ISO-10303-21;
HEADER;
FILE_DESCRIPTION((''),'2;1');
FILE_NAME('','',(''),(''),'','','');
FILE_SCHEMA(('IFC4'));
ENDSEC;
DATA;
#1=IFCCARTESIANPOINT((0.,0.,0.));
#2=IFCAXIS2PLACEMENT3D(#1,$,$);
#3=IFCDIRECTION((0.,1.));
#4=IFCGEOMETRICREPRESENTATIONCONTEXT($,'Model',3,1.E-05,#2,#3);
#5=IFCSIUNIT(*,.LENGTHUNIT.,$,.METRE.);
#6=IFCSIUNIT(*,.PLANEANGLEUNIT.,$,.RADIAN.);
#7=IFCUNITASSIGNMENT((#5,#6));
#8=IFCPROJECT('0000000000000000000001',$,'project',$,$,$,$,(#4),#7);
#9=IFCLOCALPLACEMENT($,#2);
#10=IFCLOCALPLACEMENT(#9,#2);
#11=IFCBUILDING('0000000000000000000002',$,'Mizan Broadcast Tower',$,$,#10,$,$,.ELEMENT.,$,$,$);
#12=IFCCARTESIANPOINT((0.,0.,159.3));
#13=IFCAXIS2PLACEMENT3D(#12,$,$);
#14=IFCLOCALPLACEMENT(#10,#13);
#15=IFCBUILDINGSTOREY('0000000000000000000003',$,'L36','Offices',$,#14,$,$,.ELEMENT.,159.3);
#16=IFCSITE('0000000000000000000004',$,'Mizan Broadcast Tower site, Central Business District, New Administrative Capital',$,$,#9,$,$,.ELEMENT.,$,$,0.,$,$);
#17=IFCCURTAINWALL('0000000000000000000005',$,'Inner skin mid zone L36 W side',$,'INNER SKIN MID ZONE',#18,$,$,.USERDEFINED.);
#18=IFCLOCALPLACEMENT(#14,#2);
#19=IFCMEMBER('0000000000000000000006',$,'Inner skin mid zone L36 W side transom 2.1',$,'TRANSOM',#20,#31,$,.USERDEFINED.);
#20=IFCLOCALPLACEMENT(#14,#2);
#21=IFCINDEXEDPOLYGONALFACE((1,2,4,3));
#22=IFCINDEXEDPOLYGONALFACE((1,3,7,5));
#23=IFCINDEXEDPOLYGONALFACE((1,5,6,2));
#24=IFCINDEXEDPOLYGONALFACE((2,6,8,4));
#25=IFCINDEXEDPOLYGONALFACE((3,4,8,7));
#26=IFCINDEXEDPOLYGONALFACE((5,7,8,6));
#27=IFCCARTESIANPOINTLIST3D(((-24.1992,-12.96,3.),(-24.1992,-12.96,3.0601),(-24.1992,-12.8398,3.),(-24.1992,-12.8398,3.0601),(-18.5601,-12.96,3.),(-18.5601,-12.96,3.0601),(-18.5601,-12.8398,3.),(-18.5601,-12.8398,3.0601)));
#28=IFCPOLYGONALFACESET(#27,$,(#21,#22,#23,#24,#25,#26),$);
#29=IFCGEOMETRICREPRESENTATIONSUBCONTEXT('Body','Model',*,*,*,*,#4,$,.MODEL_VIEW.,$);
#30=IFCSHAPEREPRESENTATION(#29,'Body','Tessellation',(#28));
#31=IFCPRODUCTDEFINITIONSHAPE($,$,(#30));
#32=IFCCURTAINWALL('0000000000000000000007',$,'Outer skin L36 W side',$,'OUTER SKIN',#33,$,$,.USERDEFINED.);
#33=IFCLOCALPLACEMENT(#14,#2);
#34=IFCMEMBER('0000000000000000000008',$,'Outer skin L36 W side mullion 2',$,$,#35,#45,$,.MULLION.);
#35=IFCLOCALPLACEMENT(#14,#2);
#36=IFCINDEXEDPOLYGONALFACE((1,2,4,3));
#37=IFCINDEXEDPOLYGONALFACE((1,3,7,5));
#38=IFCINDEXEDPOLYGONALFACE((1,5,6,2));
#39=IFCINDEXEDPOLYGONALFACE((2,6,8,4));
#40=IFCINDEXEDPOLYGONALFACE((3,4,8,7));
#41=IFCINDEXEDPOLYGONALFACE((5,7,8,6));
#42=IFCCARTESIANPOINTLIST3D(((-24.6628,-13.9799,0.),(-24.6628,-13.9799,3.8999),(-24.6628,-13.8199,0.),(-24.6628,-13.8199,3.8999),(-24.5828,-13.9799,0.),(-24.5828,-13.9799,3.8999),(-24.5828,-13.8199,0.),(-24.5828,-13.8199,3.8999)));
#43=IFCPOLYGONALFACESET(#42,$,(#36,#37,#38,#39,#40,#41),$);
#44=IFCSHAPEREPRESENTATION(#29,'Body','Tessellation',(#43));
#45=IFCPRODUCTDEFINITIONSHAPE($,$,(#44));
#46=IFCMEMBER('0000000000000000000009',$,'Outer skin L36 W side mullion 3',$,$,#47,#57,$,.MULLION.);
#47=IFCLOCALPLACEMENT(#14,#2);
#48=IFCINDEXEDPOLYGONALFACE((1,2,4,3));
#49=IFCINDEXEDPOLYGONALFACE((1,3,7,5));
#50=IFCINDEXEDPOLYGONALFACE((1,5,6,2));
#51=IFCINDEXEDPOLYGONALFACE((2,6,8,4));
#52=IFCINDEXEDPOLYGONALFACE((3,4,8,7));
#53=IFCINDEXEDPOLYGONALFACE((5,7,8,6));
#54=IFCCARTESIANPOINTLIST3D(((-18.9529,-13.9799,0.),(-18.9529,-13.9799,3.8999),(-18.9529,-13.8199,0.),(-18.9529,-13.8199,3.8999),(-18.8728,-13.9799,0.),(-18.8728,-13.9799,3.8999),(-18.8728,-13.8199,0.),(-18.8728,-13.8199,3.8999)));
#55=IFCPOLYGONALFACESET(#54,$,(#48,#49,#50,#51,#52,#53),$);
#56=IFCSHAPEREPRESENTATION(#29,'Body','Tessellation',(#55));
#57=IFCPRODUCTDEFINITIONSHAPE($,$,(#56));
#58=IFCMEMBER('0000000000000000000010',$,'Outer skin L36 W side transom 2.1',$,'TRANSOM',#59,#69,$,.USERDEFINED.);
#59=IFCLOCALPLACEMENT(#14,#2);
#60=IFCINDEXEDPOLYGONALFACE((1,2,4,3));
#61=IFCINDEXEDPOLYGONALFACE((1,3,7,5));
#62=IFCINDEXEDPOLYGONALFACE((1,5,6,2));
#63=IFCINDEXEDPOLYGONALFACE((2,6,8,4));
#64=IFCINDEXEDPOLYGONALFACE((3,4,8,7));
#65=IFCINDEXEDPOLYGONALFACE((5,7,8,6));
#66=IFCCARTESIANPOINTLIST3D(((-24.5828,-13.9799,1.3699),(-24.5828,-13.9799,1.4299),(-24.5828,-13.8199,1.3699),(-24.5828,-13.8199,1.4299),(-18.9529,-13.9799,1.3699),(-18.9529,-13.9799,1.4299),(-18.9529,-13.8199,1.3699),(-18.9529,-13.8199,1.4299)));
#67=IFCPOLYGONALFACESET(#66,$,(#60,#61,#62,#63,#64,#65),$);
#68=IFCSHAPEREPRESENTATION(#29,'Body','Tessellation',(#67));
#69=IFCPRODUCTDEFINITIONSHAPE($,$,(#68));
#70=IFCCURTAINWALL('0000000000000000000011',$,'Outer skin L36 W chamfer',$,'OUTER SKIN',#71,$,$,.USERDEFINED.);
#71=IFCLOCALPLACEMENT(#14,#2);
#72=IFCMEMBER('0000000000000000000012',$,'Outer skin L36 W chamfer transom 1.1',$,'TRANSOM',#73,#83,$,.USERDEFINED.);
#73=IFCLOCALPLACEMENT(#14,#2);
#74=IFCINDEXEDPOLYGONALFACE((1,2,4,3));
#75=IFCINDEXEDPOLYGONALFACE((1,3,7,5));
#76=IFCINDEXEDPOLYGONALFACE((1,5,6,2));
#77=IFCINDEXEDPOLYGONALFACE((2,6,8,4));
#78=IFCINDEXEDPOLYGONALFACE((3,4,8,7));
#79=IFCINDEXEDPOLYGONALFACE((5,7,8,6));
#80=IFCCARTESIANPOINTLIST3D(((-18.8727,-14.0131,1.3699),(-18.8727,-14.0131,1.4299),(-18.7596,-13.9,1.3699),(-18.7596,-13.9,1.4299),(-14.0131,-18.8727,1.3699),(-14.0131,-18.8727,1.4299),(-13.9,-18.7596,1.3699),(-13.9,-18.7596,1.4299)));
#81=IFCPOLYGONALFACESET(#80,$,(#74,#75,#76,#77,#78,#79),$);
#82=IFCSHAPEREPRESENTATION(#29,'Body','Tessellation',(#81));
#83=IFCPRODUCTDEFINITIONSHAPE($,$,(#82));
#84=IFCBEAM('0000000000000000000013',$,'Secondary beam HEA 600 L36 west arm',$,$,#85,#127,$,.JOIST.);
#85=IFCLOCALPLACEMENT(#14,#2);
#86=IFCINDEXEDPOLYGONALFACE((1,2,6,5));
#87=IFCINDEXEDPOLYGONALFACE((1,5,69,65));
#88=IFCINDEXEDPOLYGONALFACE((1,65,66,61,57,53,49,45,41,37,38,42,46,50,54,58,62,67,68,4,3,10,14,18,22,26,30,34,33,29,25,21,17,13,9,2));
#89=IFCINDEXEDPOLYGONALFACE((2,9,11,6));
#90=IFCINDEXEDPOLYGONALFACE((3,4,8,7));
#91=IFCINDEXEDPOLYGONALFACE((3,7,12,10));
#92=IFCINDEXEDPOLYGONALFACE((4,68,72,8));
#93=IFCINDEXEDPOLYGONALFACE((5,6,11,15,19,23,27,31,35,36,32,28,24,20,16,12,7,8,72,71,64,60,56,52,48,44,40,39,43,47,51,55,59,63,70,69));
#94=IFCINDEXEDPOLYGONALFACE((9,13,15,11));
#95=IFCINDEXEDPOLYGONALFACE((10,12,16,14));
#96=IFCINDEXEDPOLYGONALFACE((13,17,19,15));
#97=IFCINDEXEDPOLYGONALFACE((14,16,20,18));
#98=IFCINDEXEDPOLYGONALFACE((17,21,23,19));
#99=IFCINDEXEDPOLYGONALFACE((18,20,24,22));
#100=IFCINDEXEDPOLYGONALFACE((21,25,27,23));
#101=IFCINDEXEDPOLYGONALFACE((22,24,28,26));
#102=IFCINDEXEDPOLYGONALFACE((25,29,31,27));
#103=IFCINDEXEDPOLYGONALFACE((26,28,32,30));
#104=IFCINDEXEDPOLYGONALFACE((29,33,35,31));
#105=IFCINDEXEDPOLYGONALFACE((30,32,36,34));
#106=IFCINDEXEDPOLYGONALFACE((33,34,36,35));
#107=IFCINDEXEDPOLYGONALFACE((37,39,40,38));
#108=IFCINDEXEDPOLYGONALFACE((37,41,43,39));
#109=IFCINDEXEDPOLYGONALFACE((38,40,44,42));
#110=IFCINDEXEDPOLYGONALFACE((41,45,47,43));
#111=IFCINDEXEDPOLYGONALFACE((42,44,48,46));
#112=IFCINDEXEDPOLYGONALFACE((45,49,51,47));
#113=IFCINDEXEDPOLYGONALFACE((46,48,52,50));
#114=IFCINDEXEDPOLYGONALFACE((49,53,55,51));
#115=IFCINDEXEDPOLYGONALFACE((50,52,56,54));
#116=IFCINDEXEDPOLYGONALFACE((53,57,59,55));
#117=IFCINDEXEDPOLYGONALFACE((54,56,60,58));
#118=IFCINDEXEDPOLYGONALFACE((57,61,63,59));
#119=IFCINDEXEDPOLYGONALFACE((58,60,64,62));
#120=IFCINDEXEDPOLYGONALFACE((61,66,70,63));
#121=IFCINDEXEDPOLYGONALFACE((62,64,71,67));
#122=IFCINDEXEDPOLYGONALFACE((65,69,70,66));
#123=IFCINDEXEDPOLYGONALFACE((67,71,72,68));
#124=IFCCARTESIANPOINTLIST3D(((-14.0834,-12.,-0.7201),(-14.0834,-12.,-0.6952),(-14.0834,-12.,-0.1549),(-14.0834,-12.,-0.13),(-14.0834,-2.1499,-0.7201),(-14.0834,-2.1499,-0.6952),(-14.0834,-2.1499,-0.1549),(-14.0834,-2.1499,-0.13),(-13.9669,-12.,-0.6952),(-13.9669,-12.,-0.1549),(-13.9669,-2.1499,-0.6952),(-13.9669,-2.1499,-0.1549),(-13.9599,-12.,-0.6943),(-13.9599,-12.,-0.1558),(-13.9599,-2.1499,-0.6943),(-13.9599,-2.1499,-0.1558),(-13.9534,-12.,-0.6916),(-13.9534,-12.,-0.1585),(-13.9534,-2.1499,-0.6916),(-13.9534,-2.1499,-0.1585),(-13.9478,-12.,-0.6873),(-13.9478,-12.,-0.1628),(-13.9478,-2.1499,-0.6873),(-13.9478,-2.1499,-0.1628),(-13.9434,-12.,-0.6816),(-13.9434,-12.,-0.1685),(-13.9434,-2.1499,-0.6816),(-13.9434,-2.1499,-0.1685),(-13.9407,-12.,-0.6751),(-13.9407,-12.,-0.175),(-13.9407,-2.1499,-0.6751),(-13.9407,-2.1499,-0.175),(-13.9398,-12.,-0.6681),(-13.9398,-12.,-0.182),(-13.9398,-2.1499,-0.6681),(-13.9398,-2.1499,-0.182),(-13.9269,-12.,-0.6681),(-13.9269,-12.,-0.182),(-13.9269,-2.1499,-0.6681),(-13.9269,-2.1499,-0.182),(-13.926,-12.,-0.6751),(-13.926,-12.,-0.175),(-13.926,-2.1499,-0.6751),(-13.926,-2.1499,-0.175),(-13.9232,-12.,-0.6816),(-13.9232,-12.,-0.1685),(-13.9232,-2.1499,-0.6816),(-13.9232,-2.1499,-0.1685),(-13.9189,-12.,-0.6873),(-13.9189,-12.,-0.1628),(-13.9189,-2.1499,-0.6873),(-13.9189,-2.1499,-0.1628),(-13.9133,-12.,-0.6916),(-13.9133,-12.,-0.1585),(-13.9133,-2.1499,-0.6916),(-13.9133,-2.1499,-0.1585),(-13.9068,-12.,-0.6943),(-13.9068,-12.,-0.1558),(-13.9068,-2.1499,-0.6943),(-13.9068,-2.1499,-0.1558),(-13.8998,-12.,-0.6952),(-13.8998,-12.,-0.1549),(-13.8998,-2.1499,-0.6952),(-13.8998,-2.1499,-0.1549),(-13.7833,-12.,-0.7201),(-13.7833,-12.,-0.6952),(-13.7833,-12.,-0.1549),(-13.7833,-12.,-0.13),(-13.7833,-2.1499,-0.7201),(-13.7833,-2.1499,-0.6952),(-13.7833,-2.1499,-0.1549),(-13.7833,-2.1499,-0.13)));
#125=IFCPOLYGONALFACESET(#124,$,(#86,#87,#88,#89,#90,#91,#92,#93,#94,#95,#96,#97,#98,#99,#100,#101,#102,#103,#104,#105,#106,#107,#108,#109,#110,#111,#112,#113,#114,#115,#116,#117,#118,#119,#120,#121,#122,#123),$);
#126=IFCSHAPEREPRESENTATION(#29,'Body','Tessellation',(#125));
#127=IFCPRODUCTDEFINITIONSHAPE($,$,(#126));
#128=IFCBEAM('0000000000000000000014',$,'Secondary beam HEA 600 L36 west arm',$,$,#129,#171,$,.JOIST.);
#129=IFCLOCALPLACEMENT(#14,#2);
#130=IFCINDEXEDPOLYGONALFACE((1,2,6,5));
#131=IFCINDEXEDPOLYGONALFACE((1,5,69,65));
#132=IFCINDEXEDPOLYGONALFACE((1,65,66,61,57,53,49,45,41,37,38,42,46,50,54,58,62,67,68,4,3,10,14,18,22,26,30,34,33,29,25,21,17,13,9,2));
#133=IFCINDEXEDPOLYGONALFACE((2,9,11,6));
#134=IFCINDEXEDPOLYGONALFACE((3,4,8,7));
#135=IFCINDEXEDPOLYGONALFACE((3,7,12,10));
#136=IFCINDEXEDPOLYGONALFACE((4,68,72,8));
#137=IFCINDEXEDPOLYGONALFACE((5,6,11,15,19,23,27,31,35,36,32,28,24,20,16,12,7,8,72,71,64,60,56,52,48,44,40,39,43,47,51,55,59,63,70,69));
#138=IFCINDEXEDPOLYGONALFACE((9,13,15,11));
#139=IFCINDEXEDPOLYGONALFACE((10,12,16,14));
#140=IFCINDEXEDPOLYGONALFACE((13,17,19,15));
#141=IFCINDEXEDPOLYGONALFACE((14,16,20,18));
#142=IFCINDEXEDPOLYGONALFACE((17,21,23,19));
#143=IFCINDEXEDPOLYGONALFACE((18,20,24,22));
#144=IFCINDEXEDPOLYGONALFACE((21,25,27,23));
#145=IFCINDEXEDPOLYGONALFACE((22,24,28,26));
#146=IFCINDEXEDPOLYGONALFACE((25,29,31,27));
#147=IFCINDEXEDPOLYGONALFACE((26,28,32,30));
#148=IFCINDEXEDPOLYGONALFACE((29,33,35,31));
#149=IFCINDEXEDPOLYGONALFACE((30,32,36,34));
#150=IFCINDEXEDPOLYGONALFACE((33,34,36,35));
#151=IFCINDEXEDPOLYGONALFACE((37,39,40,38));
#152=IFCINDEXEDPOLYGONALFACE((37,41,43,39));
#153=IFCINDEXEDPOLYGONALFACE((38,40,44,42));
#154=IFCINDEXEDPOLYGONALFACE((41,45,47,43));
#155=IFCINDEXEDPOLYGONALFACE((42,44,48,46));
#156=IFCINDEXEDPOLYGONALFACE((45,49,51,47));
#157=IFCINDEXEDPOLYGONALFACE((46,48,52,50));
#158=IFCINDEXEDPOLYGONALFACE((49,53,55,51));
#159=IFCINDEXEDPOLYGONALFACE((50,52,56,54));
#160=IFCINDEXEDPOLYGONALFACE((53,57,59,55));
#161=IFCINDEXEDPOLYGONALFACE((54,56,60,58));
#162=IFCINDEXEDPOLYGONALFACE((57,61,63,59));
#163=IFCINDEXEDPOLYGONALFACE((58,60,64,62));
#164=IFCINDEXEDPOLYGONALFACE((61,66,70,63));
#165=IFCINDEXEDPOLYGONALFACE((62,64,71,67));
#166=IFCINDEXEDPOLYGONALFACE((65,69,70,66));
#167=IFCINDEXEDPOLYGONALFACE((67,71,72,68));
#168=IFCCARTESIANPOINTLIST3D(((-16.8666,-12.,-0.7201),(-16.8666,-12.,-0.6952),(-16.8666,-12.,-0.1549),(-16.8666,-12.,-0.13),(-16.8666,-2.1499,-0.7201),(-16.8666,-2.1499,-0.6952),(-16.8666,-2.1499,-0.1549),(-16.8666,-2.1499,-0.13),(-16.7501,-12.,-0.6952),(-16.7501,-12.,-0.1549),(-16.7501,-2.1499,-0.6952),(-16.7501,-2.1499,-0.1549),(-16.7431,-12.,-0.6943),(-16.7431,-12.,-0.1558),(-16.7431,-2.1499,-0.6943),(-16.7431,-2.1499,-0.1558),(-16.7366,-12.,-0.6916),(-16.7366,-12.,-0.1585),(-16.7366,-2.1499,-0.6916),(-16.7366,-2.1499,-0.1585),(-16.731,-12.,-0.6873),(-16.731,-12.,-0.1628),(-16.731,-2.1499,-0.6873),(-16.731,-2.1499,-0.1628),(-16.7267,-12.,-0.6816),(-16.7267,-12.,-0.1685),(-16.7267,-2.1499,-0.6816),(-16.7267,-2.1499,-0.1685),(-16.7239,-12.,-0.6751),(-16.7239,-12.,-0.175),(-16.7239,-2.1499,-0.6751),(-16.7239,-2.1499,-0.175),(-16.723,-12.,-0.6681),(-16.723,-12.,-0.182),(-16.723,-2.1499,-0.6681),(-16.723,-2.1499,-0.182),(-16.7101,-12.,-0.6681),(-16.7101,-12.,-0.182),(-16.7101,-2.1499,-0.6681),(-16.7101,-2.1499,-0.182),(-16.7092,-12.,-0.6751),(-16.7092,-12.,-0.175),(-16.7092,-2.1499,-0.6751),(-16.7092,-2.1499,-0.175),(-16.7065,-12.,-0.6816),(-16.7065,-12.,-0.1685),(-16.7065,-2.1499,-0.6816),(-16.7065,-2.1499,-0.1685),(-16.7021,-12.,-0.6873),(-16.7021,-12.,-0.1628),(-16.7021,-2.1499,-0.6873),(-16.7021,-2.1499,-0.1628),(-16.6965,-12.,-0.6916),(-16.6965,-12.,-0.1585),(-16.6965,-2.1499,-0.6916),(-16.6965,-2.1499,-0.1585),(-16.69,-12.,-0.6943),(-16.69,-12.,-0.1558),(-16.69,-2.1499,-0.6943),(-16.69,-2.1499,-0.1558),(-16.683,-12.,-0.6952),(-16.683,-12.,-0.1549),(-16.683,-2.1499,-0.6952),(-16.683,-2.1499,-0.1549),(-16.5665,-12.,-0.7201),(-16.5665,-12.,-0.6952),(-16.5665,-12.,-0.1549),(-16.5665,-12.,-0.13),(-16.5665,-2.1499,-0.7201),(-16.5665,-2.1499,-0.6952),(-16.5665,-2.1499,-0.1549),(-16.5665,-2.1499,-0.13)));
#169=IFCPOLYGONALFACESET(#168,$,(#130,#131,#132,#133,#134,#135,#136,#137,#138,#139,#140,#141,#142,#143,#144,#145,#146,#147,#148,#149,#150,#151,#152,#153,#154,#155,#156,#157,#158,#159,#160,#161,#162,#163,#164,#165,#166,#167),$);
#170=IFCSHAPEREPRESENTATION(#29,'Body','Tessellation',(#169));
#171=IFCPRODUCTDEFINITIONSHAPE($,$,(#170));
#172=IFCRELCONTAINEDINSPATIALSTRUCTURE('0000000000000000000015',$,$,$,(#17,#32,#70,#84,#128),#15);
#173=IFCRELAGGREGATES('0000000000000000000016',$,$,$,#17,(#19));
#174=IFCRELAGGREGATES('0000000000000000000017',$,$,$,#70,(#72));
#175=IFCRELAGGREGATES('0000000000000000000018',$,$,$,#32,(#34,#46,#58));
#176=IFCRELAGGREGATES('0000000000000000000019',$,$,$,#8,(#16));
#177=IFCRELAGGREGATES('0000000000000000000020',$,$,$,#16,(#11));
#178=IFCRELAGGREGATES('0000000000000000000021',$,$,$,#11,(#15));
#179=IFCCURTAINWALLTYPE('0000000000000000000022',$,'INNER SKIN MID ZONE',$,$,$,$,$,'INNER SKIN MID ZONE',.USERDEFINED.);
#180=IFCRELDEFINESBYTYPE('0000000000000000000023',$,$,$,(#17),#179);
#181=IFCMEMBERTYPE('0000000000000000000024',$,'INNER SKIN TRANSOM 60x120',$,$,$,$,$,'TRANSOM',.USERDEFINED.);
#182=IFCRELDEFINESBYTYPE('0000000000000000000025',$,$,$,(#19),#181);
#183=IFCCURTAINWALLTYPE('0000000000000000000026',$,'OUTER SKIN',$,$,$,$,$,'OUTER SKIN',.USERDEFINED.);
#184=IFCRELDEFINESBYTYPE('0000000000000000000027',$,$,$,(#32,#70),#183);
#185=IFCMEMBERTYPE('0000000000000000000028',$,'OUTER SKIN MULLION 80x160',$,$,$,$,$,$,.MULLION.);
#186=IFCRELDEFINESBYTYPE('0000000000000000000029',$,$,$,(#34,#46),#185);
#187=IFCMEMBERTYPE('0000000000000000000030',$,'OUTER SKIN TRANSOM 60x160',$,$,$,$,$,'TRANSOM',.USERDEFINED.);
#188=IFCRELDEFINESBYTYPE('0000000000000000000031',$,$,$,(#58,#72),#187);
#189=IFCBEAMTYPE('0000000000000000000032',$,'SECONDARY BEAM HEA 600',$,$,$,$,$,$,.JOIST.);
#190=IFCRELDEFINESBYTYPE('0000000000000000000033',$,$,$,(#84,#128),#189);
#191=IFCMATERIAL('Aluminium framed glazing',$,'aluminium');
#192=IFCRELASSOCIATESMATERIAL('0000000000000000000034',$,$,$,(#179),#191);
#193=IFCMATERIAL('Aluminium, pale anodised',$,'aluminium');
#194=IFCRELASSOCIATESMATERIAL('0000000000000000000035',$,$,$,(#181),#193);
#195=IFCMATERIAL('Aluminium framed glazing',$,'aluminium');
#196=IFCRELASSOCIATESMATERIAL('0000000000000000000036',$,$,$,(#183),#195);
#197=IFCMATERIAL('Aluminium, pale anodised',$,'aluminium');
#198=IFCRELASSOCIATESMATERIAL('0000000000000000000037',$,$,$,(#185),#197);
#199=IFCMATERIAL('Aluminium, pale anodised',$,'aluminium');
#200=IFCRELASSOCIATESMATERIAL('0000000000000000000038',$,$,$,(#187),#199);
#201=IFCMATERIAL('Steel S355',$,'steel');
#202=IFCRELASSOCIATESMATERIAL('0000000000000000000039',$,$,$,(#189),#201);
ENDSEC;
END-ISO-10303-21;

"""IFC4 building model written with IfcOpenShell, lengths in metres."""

from ifc_helpers import new_model, si_unit, direction, frame, origin, origin_2d, place, context, subcontext, project, spatial, rectangle, i_section, extrude, material, material_profile, profile_set, type_object, element, aggregate, save


model = new_model("IFC4")

# Units and contexts
model_context = context("Model", 3, precision=1e-05, world=origin(), true_north=direction((0.0, 1.0)))
body_context = subcontext(model_context, "Body", "Model", "MODEL_VIEW")
ifc_project = project(units=[si_unit("LENGTHUNIT", "METRE"), si_unit("PLANEANGLEUNIT", "RADIAN")], contexts=[model_context])

# Site, building, storey
site_placement = place(None, origin())
site = spatial("IfcSite", under=ifc_project, at=site_placement, Name="Mizan Broadcast Tower site, Central Business District, New Administrative Capital", CompositionType="ELEMENT", RefElevation=0.0)
building_placement = place(site_placement, origin())
building = spatial("IfcBuilding", under=site, at=building_placement, Name="Mizan Broadcast Tower", CompositionType="ELEMENT")
storey_placement = place(building_placement, frame((0.0, 0.0, 159.3)))
storey = spatial("IfcBuildingStorey", under=building, at=storey_placement, Name="L36", Description="Offices", CompositionType="ELEMENT", Elevation=159.3)

# Curtain walls, members
ifc_material_1 = material(Name="Aluminium framed glazing", Category="aluminium")
curtain_wall_type_1 = type_object("IfcCurtainWallType", Name="INNER SKIN MID ZONE", ElementType="INNER SKIN MID ZONE", PredefinedType="USERDEFINED", material=ifc_material_1)
curtain_wall_1_placement = place(storey_placement, origin())
curtain_wall_1 = element("IfcCurtainWall", 1, at=curtain_wall_1_placement, inside=storey, type_object=curtain_wall_type_1, Name="Inner skin mid zone L36 W side", ObjectType="INNER SKIN MID ZONE", PredefinedType="USERDEFINED")
ifc_material_2 = material(Name="Aluminium, pale anodised", Category="aluminium")
ifc_material_profile_1 = material_profile(ifc_material_2, rectangle(XDim=0.1201, YDim=0.0601, at=origin_2d()), Name="TRANSOM 120x60")
ifc_profile_set_1 = profile_set([ifc_material_profile_1], Name="Aluminium, pale anodised")
member_type_1 = type_object("IfcMemberType", Name="INNER SKIN TRANSOM 60x120", ElementType="TRANSOM", PredefinedType="USERDEFINED", material=ifc_profile_set_1)
member_1_placement = place(storey_placement, frame((-24.1992, -12.8999, 3.03), z_axis=(1.0, 0.0, 0.0), x_axis=(0.0, 1.0, 0.0)))
member_1 = element("IfcMember", 2, at=member_1_placement, type_object=member_type_1, Name="Inner skin mid zone L36 W side transom 2.1", ObjectType="TRANSOM", PredefinedType="USERDEFINED", context=body_context, shape_type="SweptSolid", body=[
    extrude(rectangle(XDim=0.1201, YDim=0.0601, at=origin_2d()), origin(), (0.0, 0.0, 1.0), 5.6392),
])
ifc_material_3 = material(Name="Aluminium framed glazing", Category="aluminium")
curtain_wall_type_2 = type_object("IfcCurtainWallType", Name="OUTER SKIN", ElementType="OUTER SKIN", PredefinedType="USERDEFINED", material=ifc_material_3)
curtain_wall_2_placement = place(storey_placement, origin())
curtain_wall_2 = element("IfcCurtainWall", 3, at=curtain_wall_2_placement, inside=storey, type_object=curtain_wall_type_2, Name="Outer skin L36 W side", ObjectType="OUTER SKIN", PredefinedType="USERDEFINED")
ifc_material_4 = material(Name="Aluminium, pale anodised", Category="aluminium")
ifc_material_profile_2 = material_profile(ifc_material_4, rectangle(XDim=0.1599, YDim=0.0801, at=origin_2d()), Name="MULLION 160x80")
ifc_profile_set_2 = profile_set([ifc_material_profile_2], Name="Aluminium, pale anodised")
member_type_2 = type_object("IfcMemberType", Name="OUTER SKIN MULLION 80x160", PredefinedType="MULLION", material=ifc_profile_set_2)
member_2_placement = place(storey_placement, frame((-24.6228, -13.8999, 0.0), z_axis=(0.0, 0.0, 1.0), x_axis=(0.0, 1.0, 0.0)))
member_2 = element("IfcMember", 4, at=member_2_placement, type_object=member_type_2, Name="Outer skin L36 W side mullion 2", PredefinedType="MULLION", context=body_context, shape_type="SweptSolid", body=[
    extrude(rectangle(XDim=0.1599, YDim=0.0801, at=origin_2d()), origin(), (0.0, 0.0, 1.0), 3.8999),
])
member_3_placement = place(storey_placement, frame((-18.9128, -13.8999, 0.0), z_axis=(0.0, 0.0, 1.0), x_axis=(0.0, 1.0, 0.0)))
member_3 = element("IfcMember", 5, at=member_3_placement, type_object=member_type_2, Name="Outer skin L36 W side mullion 3", PredefinedType="MULLION", context=body_context, shape_type="SweptSolid", body=[
    extrude(rectangle(XDim=0.1599, YDim=0.0801, at=origin_2d()), origin(), (0.0, 0.0, 1.0), 3.8999),
])
ifc_material_5 = material(Name="Aluminium, pale anodised", Category="aluminium")
ifc_material_profile_3 = material_profile(ifc_material_5, rectangle(XDim=0.1599, YDim=0.0601, at=origin_2d()), Name="TRANSOM 160x60")
ifc_profile_set_3 = profile_set([ifc_material_profile_3], Name="Aluminium, pale anodised")
member_type_3 = type_object("IfcMemberType", Name="OUTER SKIN TRANSOM 60x160", ElementType="TRANSOM", PredefinedType="USERDEFINED", material=ifc_profile_set_3)
member_4_placement = place(storey_placement, frame((-24.5828, -13.8999, 1.3999), z_axis=(1.0, 0.0, 0.0), x_axis=(0.0, 1.0, 0.0)))
member_4 = element("IfcMember", 6, at=member_4_placement, type_object=member_type_3, Name="Outer skin L36 W side transom 2.1", ObjectType="TRANSOM", PredefinedType="USERDEFINED", context=body_context, shape_type="SweptSolid", body=[
    extrude(rectangle(XDim=0.1599, YDim=0.0601, at=origin_2d()), origin(), (0.0, 0.0, 1.0), 5.6299),
])

# Curtain wall, member
curtain_wall_3_placement = place(storey_placement, origin())
curtain_wall_3 = element("IfcCurtainWall", 7, at=curtain_wall_3_placement, inside=storey, type_object=curtain_wall_type_2, Name="Outer skin L36 W chamfer", ObjectType="OUTER SKIN", PredefinedType="USERDEFINED")
member_5_placement = place(storey_placement, frame((-18.8162, -13.9565, 1.3999), z_axis=(0.707107, -0.707107, 0.0), x_axis=(0.707107, 0.707107, 0.0)))
member_5 = element("IfcMember", 8, at=member_5_placement, type_object=member_type_3, Name="Outer skin L36 W chamfer transom 1.1", ObjectType="TRANSOM", PredefinedType="USERDEFINED", context=body_context, shape_type="SweptSolid", body=[
    extrude(rectangle(XDim=0.1599, YDim=0.0601, at=origin_2d()), origin(), (0.0, 0.0, 1.0), 6.8726),
])

# Beams
ifc_material_6 = material(Name="Steel S355", Category="steel")
ifc_material_profile_4 = material_profile(ifc_material_6, i_section(OverallWidth=0.3, OverallDepth=0.5901, WebThickness=0.0129, FlangeThickness=0.0249, FilletRadius=0.0271, at=origin_2d()), Name="HEA 600")
ifc_profile_set_4 = profile_set([ifc_material_profile_4], Name="Steel S355")
beam_type_1 = type_object("IfcBeamType", Name="SECONDARY BEAM HEA 600", PredefinedType="JOIST", material=ifc_profile_set_4)
for number, where, z_axis, x_axis, name in (
    (9, (-13.9333, -12.0, -0.425), (0.0, 1.0, 0.0), (-1.0, 0.0, 0.0), "Secondary beam HEA 600 L36 west arm"),
    (10, (-16.7166, -12.0, -0.425), (0.0, 1.0, 0.0), (-1.0, 0.0, 0.0), "Secondary beam HEA 600 L36 west arm"),
):
    element("IfcBeam", number, at=place(storey_placement, frame(where, z_axis=z_axis, x_axis=x_axis)), inside=storey, type_object=beam_type_1, Name=name, PredefinedType="JOIST", context=body_context, shape_type="SweptSolid", body=[
        extrude(i_section(OverallWidth=0.3, OverallDepth=0.5901, WebThickness=0.0129, FlangeThickness=0.0249, FilletRadius=0.0271, at=origin_2d()), origin(), (0.0, 0.0, 1.0), 9.8501),
    ])

aggregate(curtain_wall_1, [member_1])
aggregate(curtain_wall_3, [member_5])
aggregate(curtain_wall_2, [member_2, member_3, member_4])

save(model, "model.ifc")
